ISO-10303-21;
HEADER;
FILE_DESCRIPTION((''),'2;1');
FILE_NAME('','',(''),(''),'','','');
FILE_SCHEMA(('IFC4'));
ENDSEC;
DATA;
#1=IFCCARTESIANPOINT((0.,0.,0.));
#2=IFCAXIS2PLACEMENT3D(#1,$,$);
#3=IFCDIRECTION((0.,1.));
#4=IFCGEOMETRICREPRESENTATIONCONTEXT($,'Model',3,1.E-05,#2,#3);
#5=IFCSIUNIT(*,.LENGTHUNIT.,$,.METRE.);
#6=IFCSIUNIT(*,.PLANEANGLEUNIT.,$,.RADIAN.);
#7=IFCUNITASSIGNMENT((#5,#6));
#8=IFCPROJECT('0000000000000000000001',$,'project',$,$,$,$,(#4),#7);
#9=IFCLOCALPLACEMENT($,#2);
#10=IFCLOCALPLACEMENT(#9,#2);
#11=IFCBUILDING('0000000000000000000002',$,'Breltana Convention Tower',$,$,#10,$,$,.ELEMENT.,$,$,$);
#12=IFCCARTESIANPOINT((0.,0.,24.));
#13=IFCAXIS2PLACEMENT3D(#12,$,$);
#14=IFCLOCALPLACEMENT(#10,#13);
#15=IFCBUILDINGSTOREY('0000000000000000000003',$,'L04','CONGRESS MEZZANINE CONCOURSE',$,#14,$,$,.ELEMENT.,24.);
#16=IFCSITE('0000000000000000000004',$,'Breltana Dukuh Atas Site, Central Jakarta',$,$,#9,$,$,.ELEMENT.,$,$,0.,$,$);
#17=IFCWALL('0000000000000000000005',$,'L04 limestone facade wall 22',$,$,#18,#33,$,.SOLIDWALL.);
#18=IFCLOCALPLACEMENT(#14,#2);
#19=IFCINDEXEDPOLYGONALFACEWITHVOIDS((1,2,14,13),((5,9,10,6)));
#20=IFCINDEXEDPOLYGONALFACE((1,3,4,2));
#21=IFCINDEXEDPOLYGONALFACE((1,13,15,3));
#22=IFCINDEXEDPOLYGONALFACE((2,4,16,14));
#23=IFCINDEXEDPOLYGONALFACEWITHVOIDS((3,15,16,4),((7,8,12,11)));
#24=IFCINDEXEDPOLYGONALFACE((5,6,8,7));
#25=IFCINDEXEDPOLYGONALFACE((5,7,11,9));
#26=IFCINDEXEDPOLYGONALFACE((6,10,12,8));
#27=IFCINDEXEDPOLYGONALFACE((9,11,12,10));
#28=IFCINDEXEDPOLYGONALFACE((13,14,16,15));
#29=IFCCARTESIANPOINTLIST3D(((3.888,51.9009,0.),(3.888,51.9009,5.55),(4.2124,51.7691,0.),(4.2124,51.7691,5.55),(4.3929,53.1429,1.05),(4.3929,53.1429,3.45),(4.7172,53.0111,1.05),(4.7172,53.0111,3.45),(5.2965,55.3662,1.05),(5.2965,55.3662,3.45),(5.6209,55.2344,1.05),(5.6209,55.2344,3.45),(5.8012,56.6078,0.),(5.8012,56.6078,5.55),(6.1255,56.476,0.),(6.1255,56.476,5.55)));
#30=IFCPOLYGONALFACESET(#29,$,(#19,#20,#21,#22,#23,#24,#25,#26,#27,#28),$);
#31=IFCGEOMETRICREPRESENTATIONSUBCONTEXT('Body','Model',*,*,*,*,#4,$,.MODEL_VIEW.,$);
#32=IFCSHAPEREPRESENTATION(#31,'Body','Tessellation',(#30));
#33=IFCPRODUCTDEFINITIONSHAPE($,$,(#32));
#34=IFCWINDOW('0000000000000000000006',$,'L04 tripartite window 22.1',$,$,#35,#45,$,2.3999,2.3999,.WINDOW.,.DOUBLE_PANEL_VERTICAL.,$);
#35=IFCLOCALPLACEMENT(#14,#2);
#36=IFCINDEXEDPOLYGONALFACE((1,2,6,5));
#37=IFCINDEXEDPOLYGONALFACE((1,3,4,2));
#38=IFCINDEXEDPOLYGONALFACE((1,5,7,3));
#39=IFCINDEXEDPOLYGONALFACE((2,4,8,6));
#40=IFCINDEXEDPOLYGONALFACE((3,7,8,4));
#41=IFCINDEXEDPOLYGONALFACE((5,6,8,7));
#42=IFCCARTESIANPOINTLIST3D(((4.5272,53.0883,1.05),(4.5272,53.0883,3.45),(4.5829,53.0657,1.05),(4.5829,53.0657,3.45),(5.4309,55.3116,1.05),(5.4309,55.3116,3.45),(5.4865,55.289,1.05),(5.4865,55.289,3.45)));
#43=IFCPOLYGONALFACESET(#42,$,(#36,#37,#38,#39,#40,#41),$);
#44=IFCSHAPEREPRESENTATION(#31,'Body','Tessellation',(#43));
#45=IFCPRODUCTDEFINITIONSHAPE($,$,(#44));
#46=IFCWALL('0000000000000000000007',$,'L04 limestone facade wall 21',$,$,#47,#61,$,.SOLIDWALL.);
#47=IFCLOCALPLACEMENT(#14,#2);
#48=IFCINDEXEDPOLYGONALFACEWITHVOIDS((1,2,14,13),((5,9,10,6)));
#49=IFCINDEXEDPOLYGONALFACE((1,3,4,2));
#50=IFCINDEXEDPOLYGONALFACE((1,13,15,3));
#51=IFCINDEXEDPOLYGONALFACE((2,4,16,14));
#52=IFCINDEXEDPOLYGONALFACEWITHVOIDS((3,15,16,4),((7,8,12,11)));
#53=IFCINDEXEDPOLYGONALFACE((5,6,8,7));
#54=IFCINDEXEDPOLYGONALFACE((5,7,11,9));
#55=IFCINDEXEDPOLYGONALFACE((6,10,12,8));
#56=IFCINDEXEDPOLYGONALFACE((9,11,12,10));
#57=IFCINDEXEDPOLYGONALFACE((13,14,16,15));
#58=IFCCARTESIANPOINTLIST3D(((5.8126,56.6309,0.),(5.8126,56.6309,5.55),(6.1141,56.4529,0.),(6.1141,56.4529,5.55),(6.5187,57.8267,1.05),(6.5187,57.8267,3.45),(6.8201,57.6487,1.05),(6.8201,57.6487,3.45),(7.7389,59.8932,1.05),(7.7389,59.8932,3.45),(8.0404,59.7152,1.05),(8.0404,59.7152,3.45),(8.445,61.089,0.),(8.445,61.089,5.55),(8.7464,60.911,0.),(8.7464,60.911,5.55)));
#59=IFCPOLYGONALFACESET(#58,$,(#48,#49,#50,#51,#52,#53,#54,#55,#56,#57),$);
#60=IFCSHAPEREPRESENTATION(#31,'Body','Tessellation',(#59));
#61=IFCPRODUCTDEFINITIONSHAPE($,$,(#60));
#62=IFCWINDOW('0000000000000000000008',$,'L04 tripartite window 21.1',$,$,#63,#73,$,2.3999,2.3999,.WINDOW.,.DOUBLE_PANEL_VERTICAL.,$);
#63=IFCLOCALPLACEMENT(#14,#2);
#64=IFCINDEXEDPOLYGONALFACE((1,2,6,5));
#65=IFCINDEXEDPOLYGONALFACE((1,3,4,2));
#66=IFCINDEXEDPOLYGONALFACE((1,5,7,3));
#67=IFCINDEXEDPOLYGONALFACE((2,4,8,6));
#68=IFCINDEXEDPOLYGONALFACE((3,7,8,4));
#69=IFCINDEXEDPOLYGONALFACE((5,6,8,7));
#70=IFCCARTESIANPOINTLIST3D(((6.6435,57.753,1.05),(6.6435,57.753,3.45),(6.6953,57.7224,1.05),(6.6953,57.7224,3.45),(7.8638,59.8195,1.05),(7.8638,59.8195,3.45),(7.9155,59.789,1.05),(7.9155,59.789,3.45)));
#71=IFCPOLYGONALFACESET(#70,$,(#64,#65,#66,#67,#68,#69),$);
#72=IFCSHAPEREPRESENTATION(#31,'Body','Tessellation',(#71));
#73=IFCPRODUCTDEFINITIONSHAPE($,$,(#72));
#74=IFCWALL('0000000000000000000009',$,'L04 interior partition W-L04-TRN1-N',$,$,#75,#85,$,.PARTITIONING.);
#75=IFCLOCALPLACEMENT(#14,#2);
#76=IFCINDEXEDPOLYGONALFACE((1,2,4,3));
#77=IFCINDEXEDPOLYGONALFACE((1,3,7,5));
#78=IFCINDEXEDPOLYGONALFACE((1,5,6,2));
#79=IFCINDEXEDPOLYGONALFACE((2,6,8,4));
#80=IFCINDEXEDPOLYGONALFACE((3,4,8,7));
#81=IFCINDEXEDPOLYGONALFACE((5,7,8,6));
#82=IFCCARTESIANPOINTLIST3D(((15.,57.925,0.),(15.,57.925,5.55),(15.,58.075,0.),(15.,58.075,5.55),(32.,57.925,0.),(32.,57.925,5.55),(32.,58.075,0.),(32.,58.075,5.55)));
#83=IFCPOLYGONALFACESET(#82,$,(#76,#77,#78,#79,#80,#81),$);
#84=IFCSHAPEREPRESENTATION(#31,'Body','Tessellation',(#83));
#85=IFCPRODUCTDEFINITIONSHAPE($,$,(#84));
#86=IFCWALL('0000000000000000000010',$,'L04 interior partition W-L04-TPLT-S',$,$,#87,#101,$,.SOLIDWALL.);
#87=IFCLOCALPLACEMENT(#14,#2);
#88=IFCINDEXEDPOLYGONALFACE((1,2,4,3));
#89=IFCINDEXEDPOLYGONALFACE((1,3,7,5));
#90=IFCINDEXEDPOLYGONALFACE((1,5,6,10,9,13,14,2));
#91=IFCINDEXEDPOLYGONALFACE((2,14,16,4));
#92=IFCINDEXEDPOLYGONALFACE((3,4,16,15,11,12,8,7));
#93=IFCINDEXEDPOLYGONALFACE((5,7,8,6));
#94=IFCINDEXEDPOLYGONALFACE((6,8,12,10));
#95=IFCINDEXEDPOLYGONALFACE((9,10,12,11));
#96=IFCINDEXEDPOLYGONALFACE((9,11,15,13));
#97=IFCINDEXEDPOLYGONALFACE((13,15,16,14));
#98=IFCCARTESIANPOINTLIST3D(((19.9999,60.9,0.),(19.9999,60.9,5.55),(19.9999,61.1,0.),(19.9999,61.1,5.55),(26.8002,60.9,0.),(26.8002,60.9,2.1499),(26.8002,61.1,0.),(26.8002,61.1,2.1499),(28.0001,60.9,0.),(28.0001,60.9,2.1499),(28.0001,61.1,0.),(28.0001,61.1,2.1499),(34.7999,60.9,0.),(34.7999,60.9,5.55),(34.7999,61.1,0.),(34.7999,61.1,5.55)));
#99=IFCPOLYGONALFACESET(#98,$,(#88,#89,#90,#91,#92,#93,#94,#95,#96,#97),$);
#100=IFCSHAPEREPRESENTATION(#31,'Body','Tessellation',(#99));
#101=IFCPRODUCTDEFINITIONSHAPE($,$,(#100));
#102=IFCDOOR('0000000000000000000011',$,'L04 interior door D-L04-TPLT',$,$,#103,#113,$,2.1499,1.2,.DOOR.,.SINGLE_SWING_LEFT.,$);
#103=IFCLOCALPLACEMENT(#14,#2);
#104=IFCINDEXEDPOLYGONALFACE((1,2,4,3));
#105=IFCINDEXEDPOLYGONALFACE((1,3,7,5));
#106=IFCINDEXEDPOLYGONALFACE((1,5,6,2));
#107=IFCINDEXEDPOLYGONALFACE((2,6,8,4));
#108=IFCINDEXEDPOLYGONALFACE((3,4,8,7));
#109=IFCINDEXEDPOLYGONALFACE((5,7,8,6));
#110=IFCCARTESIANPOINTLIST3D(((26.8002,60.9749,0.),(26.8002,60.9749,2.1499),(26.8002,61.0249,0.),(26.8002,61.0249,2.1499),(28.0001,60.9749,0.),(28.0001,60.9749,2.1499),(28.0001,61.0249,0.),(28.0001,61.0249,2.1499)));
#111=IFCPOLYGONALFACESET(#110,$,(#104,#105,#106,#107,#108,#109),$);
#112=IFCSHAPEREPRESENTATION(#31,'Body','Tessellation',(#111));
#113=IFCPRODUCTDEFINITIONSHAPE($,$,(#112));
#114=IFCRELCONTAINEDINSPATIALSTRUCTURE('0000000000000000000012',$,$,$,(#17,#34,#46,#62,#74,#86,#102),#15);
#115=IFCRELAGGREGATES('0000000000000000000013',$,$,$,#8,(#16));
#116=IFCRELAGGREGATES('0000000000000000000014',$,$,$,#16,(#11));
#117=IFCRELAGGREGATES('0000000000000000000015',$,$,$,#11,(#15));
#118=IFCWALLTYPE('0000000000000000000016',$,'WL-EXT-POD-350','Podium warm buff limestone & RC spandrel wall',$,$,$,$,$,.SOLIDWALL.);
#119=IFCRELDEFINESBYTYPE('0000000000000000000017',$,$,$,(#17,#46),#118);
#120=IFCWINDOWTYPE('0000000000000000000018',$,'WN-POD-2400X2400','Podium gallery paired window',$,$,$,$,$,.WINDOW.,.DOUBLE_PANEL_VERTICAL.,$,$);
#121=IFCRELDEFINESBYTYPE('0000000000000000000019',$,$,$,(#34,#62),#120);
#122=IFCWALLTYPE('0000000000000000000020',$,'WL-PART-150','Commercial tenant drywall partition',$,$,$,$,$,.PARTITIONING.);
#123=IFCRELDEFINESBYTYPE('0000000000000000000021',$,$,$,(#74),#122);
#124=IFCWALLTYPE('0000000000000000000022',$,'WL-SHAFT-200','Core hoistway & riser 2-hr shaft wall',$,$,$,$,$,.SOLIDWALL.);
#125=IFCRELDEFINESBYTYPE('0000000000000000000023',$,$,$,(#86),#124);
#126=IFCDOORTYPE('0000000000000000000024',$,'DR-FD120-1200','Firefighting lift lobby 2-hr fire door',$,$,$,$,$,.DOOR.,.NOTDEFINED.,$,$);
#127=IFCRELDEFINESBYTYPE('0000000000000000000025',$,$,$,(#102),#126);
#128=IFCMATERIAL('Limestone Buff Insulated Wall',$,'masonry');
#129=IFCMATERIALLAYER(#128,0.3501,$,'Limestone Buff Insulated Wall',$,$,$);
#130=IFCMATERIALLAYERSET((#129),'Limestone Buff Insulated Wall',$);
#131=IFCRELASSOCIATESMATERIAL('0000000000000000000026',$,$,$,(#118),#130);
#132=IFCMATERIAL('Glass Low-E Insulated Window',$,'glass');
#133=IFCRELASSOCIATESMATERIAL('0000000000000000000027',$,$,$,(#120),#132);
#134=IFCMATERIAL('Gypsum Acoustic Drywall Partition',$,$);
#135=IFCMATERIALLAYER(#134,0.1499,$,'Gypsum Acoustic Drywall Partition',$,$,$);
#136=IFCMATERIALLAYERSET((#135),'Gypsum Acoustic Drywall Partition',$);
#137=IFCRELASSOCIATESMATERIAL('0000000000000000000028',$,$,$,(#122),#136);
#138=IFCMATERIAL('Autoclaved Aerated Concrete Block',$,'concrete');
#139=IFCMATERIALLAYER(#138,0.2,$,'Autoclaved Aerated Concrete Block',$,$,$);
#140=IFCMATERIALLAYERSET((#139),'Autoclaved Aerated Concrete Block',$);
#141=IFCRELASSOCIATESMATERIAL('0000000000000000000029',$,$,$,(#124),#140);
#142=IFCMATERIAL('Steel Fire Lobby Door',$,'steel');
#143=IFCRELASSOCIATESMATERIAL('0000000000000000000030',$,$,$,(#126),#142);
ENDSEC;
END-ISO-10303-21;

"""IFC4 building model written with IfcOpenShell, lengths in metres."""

from ifc_helpers import new_model, si_unit, direction, frame, frame_2d, origin, place, context, subcontext, project, spatial, rectangle, extrude, source, transform, mapped, material, layer, layer_set, type_object, type_shapes, element, fill, save


model = new_model("IFC4")

# Units and contexts
model_context = context("Model", 3, precision=1e-05, world=origin(), true_north=direction((0.0, 1.0)))
body_context = subcontext(model_context, "Body", "Model", "MODEL_VIEW")
ifc_project = project(units=[si_unit("LENGTHUNIT", "METRE"), si_unit("PLANEANGLEUNIT", "RADIAN")], contexts=[model_context])

# Site, building, storey
site_placement = place(None, origin())
site = spatial("IfcSite", under=ifc_project, at=site_placement, Name="Breltana Dukuh Atas Site, Central Jakarta", CompositionType="ELEMENT", RefElevation=0.0)
building_placement = place(site_placement, origin())
building = spatial("IfcBuilding", under=site, at=building_placement, Name="Breltana Convention Tower", CompositionType="ELEMENT")
storey_placement = place(building_placement, frame((0.0, 0.0, 24.0)))
storey = spatial("IfcBuildingStorey", under=building, at=storey_placement, Name="L04", Description="CONGRESS MEZZANINE CONCOURSE", CompositionType="ELEMENT", Elevation=24.0)

# Walls, openings, windows
ifc_material_1 = material(Name="Limestone Buff Insulated Wall", Category="masonry")
ifc_layer_1 = layer(ifc_material_1, 0.3501, Name="Limestone Buff Insulated Wall")
ifc_layer_set_1 = layer_set([ifc_layer_1], Name="Limestone Buff Insulated Wall")
wall_type_1 = type_object("IfcWallType", Name="WL-EXT-POD-350", Description="Podium warm buff limestone & RC spandrel wall", PredefinedType="SOLIDWALL", material=ifc_layer_set_1)
shared_shape_1 = source(origin(), body_context, "Body", "SweptSolid", [
    extrude(rectangle(XDim=5.0808, YDim=0.3501, at=frame_2d((2.5405, 0.0))), origin(), (0.0, 0.0, 1.0), 5.55),
])
wall_1_placement = place(storey_placement, frame((5.9634, 56.542, 0.0), z_axis=(0.0, 0.0, 1.0), x_axis=(-0.376538, -0.926401, 0.0)))
wall_1 = element("IfcWall", 1, at=wall_1_placement, inside=storey, type_object=wall_type_1, Name="L04 limestone facade wall 22", PredefinedType="SOLIDWALL", context=body_context, shape_type="MappedRepresentation", body=[
    mapped(shared_shape_1, transform((0.0, 0.0, 0.0), scale=1.0)),
])
opening_1_placement = place(wall_1_placement, frame((1.3403, 0.0, 1.05)))
opening_1 = element("IfcOpeningElement", 2, at=opening_1_placement, cuts=wall_1, PredefinedType="OPENING", context=body_context, shape_type="SweptSolid", body=[
    extrude(rectangle(XDim=2.3999, YDim=2.3999, at=frame_2d((1.2, 1.2))), frame((0.0, 0.1851, 0.0), z_axis=(0.0, -1.0, 0.0), x_axis=(1.0, 0.0, 0.0)), (0.0, 0.0, 1.0), 0.3701),
])
ifc_material_2 = material(Name="Glass Low-E Insulated Window", Category="glass")
window_type = type_object("IfcWindowType", Name="WN-POD-2400X2400", Description="Podium gallery paired window", PartitioningType="DOUBLE_PANEL_VERTICAL", PredefinedType="WINDOW", material=ifc_material_2)
shared_shape_2 = source(origin(), body_context, "Body", "SweptSolid", [
    extrude(rectangle(XDim=2.3999, YDim=2.3999, at=frame_2d((1.2, 1.2))), frame((0.0, 0.03, 0.0), z_axis=(0.0, -1.0, 0.0), x_axis=(1.0, 0.0, 0.0)), (0.0, 0.0, 1.0), 0.0601),
])
type_shapes(window_type, [shared_shape_2])
window_1_placement = place(opening_1_placement, origin())
window_1 = element("IfcWindow", 3, at=window_1_placement, inside=storey, type_object=window_type, Name="L04 tripartite window 22.1", OverallHeight=2.3999, OverallWidth=2.3999, PartitioningType="DOUBLE_PANEL_VERTICAL", PredefinedType="WINDOW", context=body_context, shape_type="MappedRepresentation", body=[
    mapped(shared_shape_2, transform((0.0, 0.0, 0.0), scale=1.0)),
])
fill(opening_1, window_1)
shared_shape_3 = source(origin(), body_context, "Body", "SweptSolid", [
    extrude(rectangle(XDim=5.1772, YDim=0.3501, at=frame_2d((2.5886, 0.0))), origin(), (0.0, 0.0, 1.0), 5.55),
])
wall_2_placement = place(storey_placement, frame((8.5957, 61.0, 0.0), z_axis=(0.0, 0.0, 1.0), x_axis=(-0.50845, -0.861092, 0.0)))
wall_2 = element("IfcWall", 4, at=wall_2_placement, inside=storey, type_object=wall_type_1, Name="L04 limestone facade wall 21", PredefinedType="SOLIDWALL", context=body_context, shape_type="MappedRepresentation", body=[
    mapped(shared_shape_3, transform((0.0, 0.0, 0.0), scale=1.0)),
])
opening_2_placement = place(wall_2_placement, frame((1.3887, 0.0, 1.05)))
opening_2 = element("IfcOpeningElement", 5, at=opening_2_placement, cuts=wall_2, PredefinedType="OPENING", context=body_context, shape_type="SweptSolid", body=[
    extrude(rectangle(XDim=2.3999, YDim=2.3999, at=frame_2d((1.2, 1.2))), frame((0.0, 0.1851, 0.0), z_axis=(0.0, -1.0, 0.0), x_axis=(1.0, 0.0, 0.0)), (0.0, 0.0, 1.0), 0.3701),
])
window_2_placement = place(opening_2_placement, origin())
window_2 = element("IfcWindow", 6, at=window_2_placement, inside=storey, type_object=window_type, Name="L04 tripartite window 21.1", OverallHeight=2.3999, OverallWidth=2.3999, PartitioningType="DOUBLE_PANEL_VERTICAL", PredefinedType="WINDOW", context=body_context, shape_type="MappedRepresentation", body=[
    mapped(shared_shape_2, transform((0.0, 0.0, 0.0), scale=1.0)),
])
fill(opening_2, window_2)

# Wall
ifc_material_3 = material(Name="Gypsum Acoustic Drywall Partition")
ifc_layer_2 = layer(ifc_material_3, 0.1499, Name="Gypsum Acoustic Drywall Partition")
ifc_layer_set_2 = layer_set([ifc_layer_2], Name="Gypsum Acoustic Drywall Partition")
wall_type_2 = type_object("IfcWallType", Name="WL-PART-150", Description="Commercial tenant drywall partition", PredefinedType="PARTITIONING", material=ifc_layer_set_2)
shared_shape_4 = source(origin(), body_context, "Body", "SweptSolid", [
    extrude(rectangle(XDim=17.0, YDim=0.1499, at=frame_2d((8.5, 0.0))), origin(), (0.0, 0.0, 1.0), 5.55),
])
wall_3_placement = place(storey_placement, frame((15.0, 58.0, 0.0), z_axis=(0.0, 0.0, 1.0), x_axis=(1.0, 0.0, 0.0)))
element("IfcWall", 7, at=wall_3_placement, inside=storey, type_object=wall_type_2, Name="L04 interior partition W-L04-TRN1-N", PredefinedType="PARTITIONING", context=body_context, shape_type="MappedRepresentation", body=[
    mapped(shared_shape_4, transform((0.0, 0.0, 0.0), scale=1.0)),
])

# Wall, opening, door
ifc_material_4 = material(Name="Autoclaved Aerated Concrete Block", Category="concrete")
ifc_layer_3 = layer(ifc_material_4, 0.2, Name="Autoclaved Aerated Concrete Block")
ifc_layer_set_3 = layer_set([ifc_layer_3], Name="Autoclaved Aerated Concrete Block")
wall_type_3 = type_object("IfcWallType", Name="WL-SHAFT-200", Description="Core hoistway & riser 2-hr shaft wall", PredefinedType="SOLIDWALL", material=ifc_layer_set_3)
shared_shape_5 = source(origin(), body_context, "Body", "SweptSolid", [
    extrude(rectangle(XDim=14.8, YDim=0.2, at=frame_2d((7.3999, 0.0))), origin(), (0.0, 0.0, 1.0), 5.55),
])
wall_4_placement = place(storey_placement, frame((20.0, 61.0, 0.0), z_axis=(0.0, 0.0, 1.0), x_axis=(1.0, 0.0, 0.0)))
wall_4 = element("IfcWall", 8, at=wall_4_placement, inside=storey, type_object=wall_type_3, Name="L04 interior partition W-L04-TPLT-S", PredefinedType="SOLIDWALL", context=body_context, shape_type="MappedRepresentation", body=[
    mapped(shared_shape_5, transform((0.0, 0.0, 0.0), scale=1.0)),
])
opening_3_placement = place(wall_4_placement, frame((6.8, 0.0, 0.0)))
opening_3 = element("IfcOpeningElement", 9, at=opening_3_placement, cuts=wall_4, PredefinedType="OPENING", context=body_context, shape_type="SweptSolid", body=[
    extrude(rectangle(XDim=1.2, YDim=2.1499, at=frame_2d((0.6001, 1.075))), frame((0.0, 0.1099, 0.0), z_axis=(0.0, -1.0, 0.0), x_axis=(1.0, 0.0, 0.0)), (0.0, 0.0, 1.0), 0.22),
])
ifc_material_5 = material(Name="Steel Fire Lobby Door", Category="steel")
door_type = type_object("IfcDoorType", Name="DR-FD120-1200", Description="Firefighting lift lobby 2-hr fire door", OperationType="NOTDEFINED", PredefinedType="DOOR", material=ifc_material_5)
shared_shape_6 = source(origin(), body_context, "Body", "SweptSolid", [
    extrude(rectangle(XDim=1.2, YDim=2.1499, at=frame_2d((0.6001, 1.075))), frame((0.0, 0.0249, 0.0), z_axis=(0.0, -1.0, 0.0), x_axis=(1.0, 0.0, 0.0)), (0.0, 0.0, 1.0), 0.05),
])
type_shapes(door_type, [shared_shape_6])
door_placement = place(opening_3_placement, origin())
door = element("IfcDoor", 10, at=door_placement, inside=storey, type_object=door_type, Name="L04 interior door D-L04-TPLT", OperationType="SINGLE_SWING_LEFT", OverallHeight=2.1499, OverallWidth=1.2, PredefinedType="DOOR", context=body_context, shape_type="MappedRepresentation", body=[
    mapped(shared_shape_6, transform((0.0, 0.0, 0.0), scale=1.0)),
])
fill(opening_3, door)

save(model, "model.ifc")
